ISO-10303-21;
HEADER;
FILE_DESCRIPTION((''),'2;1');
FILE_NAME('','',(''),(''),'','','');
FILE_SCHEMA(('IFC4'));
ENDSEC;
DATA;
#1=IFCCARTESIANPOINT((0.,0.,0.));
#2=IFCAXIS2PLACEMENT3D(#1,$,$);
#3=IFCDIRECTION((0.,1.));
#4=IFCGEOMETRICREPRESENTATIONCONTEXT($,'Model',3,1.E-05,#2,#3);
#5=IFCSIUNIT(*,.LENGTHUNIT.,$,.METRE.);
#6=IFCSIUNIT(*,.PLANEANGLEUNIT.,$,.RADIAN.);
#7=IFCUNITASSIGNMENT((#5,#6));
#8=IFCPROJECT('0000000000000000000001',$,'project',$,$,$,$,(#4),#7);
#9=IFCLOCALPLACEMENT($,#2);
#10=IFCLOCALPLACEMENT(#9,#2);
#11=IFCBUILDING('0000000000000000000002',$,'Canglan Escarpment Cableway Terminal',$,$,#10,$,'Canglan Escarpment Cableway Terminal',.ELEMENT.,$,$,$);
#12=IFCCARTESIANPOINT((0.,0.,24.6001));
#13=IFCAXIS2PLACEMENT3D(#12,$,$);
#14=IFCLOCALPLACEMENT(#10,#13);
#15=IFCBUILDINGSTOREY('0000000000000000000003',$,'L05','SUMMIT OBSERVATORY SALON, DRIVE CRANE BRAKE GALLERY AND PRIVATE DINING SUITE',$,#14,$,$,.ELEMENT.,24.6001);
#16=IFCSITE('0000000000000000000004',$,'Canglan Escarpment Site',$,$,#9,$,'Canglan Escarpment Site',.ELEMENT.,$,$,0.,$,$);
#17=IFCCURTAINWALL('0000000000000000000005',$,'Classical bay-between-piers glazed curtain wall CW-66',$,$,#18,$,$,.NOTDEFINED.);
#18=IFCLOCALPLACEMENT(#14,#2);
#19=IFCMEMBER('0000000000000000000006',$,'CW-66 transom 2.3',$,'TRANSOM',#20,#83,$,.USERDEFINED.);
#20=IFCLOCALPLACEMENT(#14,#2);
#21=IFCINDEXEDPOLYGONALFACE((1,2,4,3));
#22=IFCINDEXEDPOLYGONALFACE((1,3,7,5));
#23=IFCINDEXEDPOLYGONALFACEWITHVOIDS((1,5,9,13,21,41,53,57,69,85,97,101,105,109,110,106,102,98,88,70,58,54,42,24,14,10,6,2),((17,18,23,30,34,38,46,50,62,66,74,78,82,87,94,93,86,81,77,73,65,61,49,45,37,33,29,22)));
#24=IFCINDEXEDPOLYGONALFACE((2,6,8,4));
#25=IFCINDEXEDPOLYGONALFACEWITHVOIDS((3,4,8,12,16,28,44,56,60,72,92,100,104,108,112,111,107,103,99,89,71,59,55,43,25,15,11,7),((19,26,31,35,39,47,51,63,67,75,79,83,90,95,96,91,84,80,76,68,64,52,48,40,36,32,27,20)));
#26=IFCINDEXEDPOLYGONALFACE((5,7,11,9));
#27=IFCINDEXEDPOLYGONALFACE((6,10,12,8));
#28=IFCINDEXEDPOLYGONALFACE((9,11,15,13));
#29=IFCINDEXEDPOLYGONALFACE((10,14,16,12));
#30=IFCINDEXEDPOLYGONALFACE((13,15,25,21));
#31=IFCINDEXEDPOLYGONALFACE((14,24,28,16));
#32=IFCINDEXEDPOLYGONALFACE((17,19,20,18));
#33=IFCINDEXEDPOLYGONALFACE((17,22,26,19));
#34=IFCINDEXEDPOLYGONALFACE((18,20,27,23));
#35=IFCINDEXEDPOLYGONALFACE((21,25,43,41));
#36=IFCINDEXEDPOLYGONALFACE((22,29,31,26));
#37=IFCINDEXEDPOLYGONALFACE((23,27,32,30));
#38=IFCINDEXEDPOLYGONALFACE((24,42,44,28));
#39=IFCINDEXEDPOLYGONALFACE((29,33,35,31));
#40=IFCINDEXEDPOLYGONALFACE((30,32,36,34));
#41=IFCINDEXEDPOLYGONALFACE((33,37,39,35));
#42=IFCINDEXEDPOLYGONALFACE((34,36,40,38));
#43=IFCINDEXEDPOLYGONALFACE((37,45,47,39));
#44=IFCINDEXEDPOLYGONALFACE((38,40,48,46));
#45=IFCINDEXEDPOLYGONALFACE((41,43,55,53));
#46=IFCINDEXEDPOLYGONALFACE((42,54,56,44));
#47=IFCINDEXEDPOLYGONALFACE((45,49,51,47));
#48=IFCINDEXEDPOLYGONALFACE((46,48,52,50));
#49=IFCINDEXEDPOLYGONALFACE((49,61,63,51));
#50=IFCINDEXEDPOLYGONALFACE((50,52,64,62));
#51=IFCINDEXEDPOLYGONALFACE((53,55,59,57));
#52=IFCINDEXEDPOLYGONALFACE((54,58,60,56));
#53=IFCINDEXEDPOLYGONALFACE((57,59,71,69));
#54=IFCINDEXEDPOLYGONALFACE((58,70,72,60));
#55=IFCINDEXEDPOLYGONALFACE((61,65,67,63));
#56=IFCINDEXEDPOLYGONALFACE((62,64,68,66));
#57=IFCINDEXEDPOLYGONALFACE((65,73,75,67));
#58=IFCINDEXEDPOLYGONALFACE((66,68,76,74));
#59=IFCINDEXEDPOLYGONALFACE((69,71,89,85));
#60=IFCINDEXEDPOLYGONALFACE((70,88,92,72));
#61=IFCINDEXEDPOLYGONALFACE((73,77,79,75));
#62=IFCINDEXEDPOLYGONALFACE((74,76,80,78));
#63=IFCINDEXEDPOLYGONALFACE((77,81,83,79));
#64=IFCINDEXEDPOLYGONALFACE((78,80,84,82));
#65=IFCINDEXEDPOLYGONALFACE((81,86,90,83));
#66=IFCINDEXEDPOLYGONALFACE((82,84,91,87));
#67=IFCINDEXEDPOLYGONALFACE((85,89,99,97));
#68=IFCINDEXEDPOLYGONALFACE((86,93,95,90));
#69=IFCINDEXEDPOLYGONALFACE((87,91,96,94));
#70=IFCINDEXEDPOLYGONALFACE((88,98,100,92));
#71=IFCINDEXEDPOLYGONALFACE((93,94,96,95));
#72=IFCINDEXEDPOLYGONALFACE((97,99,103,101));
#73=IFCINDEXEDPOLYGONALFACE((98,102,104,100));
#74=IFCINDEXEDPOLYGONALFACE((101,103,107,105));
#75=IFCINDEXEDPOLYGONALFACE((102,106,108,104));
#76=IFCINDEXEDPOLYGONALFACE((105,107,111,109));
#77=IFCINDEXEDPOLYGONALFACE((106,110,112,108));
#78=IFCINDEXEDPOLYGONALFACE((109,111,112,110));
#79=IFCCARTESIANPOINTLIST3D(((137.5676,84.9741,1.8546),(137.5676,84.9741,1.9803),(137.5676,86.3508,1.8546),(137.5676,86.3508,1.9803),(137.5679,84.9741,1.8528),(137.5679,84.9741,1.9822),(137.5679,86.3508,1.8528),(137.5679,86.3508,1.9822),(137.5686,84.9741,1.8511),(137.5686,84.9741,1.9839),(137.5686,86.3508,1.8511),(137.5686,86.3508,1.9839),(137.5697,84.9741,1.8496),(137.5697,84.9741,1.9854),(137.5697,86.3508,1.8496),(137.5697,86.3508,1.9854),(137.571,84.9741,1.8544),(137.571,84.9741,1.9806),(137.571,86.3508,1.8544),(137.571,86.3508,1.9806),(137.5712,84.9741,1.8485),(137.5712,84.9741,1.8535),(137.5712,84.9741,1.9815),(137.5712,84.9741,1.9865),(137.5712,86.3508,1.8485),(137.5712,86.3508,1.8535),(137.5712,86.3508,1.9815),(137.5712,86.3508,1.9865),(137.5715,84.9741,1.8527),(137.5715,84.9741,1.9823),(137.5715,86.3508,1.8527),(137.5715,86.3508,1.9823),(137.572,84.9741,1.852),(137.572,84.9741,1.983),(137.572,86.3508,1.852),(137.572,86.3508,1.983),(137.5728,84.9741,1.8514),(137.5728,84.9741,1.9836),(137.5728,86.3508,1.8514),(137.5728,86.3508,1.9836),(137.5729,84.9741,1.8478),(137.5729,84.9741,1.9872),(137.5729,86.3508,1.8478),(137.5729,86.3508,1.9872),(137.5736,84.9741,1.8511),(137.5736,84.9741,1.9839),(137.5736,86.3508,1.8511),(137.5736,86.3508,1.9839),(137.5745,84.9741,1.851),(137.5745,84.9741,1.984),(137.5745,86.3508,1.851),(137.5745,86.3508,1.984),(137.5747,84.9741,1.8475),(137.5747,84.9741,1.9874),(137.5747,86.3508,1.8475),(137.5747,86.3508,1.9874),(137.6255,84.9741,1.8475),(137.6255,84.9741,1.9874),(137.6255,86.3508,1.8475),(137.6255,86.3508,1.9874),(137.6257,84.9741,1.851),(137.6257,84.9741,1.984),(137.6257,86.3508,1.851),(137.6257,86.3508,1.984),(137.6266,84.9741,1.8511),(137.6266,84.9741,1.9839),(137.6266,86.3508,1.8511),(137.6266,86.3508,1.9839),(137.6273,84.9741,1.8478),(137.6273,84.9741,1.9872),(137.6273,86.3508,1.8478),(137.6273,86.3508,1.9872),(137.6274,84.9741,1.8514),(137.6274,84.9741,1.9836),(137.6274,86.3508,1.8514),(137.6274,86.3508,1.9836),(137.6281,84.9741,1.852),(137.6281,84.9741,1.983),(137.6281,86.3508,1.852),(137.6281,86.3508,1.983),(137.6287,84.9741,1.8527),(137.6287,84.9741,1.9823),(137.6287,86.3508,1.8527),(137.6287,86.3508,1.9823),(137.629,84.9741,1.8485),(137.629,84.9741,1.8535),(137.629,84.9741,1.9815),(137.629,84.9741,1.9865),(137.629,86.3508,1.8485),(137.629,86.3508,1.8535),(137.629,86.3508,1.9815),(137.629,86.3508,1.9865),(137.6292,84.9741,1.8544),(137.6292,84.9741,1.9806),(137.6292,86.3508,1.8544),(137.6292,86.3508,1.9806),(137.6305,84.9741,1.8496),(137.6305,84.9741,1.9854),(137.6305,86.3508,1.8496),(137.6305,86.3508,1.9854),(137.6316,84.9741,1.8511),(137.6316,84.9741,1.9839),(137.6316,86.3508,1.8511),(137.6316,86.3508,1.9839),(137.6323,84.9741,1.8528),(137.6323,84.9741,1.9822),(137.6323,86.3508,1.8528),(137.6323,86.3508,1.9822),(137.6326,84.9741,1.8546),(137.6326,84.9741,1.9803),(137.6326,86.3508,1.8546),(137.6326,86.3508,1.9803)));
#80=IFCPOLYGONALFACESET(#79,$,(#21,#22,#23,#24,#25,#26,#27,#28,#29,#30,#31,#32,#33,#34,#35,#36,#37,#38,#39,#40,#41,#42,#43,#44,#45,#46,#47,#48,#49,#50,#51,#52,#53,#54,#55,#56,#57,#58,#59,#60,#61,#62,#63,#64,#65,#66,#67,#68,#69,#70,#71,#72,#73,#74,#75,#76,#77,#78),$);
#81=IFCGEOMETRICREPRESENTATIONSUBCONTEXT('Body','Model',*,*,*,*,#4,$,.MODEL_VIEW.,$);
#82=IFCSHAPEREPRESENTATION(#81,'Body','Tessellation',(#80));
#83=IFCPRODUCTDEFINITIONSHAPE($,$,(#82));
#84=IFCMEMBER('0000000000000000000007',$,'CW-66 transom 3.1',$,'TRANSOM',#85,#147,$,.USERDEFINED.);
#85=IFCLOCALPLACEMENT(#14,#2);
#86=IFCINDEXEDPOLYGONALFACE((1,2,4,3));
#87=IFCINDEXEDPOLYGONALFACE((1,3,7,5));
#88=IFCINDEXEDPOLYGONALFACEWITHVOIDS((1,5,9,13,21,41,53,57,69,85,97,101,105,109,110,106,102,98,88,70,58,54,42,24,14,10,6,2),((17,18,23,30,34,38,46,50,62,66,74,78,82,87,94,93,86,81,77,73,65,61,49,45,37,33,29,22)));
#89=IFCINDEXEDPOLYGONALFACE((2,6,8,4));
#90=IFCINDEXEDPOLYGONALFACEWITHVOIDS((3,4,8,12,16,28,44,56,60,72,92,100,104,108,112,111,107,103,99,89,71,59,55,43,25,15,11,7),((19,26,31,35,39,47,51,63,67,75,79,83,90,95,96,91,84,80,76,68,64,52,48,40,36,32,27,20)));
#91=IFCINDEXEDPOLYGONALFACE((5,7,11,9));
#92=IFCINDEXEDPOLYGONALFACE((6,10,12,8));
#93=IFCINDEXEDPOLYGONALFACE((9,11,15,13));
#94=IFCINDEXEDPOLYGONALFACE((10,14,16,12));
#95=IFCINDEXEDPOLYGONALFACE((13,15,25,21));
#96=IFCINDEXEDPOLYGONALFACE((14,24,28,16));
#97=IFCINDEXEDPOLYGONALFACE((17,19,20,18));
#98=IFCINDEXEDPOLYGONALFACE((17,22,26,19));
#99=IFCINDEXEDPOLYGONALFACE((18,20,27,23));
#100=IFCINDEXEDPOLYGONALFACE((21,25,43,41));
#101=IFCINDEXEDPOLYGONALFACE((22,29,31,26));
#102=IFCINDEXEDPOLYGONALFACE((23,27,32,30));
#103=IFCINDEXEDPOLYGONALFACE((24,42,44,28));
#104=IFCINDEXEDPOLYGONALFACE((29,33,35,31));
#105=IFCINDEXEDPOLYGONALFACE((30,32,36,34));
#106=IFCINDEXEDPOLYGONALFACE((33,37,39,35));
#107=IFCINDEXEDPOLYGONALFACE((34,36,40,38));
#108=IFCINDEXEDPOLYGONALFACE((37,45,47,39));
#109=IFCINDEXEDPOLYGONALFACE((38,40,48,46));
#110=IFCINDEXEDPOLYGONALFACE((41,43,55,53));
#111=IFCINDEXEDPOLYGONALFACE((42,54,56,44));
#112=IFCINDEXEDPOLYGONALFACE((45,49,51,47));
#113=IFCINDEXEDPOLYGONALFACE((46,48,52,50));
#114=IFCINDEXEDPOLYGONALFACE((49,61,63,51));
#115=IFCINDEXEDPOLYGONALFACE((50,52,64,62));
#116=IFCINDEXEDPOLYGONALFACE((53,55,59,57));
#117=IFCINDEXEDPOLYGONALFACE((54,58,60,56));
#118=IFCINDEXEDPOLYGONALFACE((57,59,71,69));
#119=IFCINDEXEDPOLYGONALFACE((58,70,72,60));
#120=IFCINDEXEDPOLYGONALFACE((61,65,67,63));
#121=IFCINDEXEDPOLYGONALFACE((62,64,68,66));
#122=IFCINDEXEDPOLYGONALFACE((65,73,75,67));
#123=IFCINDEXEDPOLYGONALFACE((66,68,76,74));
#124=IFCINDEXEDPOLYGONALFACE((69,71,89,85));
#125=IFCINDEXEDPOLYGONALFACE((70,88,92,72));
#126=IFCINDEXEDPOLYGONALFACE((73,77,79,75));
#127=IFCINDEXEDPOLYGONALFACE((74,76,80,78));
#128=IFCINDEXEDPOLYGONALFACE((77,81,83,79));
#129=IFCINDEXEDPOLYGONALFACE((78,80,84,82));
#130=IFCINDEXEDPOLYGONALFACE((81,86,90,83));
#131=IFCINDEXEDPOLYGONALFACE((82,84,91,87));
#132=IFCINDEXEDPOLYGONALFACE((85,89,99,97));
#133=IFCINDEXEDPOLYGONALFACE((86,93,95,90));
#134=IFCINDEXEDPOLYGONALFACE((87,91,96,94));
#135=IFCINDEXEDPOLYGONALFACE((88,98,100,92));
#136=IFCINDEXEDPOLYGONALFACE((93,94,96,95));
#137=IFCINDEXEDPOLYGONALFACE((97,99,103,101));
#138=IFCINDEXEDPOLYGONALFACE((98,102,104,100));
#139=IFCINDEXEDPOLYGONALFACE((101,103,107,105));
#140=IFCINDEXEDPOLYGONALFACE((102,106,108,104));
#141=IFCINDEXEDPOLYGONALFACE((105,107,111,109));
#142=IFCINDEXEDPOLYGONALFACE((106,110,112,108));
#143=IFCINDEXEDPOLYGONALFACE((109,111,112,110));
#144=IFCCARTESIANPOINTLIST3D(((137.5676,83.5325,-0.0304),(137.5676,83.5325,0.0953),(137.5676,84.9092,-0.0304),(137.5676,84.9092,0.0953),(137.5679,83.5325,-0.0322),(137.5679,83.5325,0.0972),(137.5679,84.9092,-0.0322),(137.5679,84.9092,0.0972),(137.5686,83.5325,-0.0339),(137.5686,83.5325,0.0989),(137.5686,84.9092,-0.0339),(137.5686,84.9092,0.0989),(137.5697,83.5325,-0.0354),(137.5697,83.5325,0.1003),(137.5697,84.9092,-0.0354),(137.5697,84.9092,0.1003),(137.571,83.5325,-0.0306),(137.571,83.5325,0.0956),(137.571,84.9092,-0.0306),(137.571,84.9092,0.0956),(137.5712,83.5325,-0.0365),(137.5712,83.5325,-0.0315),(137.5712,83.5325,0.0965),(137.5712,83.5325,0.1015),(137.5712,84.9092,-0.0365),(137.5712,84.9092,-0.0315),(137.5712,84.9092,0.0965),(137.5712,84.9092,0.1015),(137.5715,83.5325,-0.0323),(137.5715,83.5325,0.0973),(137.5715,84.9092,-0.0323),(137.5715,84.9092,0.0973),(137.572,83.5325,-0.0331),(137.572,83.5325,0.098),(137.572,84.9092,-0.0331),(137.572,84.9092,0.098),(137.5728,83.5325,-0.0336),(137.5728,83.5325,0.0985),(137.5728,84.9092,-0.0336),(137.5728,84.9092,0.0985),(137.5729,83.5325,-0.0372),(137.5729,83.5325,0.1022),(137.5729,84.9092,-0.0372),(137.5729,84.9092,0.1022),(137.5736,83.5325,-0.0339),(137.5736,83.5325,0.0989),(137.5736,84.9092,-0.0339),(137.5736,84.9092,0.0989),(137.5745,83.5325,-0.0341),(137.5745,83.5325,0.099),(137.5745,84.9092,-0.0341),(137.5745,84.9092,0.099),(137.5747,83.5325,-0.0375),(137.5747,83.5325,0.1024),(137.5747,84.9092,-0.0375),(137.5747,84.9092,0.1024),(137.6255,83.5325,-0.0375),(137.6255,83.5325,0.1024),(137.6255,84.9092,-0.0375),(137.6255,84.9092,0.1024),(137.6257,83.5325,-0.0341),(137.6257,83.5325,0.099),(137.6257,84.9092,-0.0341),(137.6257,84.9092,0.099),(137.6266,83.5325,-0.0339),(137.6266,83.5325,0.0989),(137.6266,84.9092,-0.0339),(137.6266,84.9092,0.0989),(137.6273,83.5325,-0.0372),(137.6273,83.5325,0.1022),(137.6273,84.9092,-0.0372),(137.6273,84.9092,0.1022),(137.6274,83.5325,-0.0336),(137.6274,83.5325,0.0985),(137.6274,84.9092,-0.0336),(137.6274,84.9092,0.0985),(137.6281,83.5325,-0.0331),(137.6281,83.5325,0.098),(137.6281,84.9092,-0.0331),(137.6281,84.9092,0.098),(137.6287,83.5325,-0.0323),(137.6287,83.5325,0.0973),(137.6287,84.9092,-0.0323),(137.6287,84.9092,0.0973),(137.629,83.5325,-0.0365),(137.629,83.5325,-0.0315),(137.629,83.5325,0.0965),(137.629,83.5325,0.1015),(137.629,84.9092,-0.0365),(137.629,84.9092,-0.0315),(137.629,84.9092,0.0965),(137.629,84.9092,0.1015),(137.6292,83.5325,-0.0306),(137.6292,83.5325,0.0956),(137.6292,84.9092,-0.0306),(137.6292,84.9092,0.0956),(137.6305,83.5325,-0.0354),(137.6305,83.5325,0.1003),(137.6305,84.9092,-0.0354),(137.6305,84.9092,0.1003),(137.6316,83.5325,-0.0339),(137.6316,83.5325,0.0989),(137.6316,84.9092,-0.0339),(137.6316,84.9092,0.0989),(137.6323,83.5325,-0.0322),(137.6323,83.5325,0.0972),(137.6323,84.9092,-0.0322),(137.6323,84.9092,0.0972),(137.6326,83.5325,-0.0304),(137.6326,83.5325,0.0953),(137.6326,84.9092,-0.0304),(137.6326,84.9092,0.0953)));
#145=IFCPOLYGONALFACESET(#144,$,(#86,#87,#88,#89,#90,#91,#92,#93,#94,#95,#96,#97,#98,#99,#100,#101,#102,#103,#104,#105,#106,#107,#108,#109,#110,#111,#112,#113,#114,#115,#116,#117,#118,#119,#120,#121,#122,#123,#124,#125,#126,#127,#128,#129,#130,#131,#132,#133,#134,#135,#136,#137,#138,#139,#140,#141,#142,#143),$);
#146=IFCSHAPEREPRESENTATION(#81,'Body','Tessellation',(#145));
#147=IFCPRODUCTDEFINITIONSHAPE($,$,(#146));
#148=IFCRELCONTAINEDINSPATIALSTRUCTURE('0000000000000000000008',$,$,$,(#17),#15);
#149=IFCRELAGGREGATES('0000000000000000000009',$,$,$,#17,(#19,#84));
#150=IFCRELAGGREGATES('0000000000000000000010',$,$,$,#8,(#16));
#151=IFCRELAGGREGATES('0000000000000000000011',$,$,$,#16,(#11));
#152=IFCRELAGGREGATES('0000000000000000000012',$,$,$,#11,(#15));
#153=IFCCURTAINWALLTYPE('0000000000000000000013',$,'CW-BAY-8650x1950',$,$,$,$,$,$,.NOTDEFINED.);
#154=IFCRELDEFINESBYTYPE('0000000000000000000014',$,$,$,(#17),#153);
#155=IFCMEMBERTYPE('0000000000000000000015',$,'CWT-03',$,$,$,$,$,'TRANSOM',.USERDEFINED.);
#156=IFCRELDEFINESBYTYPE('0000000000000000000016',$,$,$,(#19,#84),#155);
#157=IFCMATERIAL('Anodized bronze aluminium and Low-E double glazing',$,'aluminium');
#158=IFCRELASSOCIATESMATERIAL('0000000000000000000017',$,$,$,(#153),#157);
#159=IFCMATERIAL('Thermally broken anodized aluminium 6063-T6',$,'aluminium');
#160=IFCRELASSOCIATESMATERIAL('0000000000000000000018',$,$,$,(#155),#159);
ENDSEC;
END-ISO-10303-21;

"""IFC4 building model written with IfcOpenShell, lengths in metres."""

from ifc_helpers import new_model, si_unit, direction, frame, origin, origin_2d, place, context, subcontext, project, spatial, hollow_rectangle, extrude, material, material_profile, profile_set, type_object, element, aggregate, save


model = new_model("IFC4")

# Units and contexts
model_context = context("Model", 3, precision=1e-05, world=origin(), true_north=direction((0.0, 1.0)))
body_context = subcontext(model_context, "Body", "Model", "MODEL_VIEW")
ifc_project = project(units=[si_unit("LENGTHUNIT", "METRE"), si_unit("PLANEANGLEUNIT", "RADIAN")], contexts=[model_context])

# Site, building, storey
site_placement = place(None, origin())
site = spatial("IfcSite", under=ifc_project, at=site_placement, Name="Canglan Escarpment Site", LongName="Canglan Escarpment Site", CompositionType="ELEMENT", RefElevation=0.0)
building_placement = place(site_placement, origin())
building = spatial("IfcBuilding", under=site, at=building_placement, Name="Canglan Escarpment Cableway Terminal", LongName="Canglan Escarpment Cableway Terminal", CompositionType="ELEMENT")
storey_placement = place(building_placement, frame((0.0, 0.0, 24.6001)))
storey = spatial("IfcBuildingStorey", under=building, at=storey_placement, Name="L05", Description="SUMMIT OBSERVATORY SALON, DRIVE CRANE BRAKE GALLERY AND PRIVATE DINING SUITE", CompositionType="ELEMENT", Elevation=24.6001)

# Curtain wall, members
ifc_material_1 = material(Name="Anodized bronze aluminium and Low-E double glazing", Category="aluminium")
curtain_wall_type = type_object("IfcCurtainWallType", Name="CW-BAY-8650x1950", PredefinedType="NOTDEFINED", material=ifc_material_1)
curtain_wall_placement = place(storey_placement, origin())
curtain_wall = element("IfcCurtainWall", 1, at=curtain_wall_placement, inside=storey, type_object=curtain_wall_type, Name="Classical bay-between-piers glazed curtain wall CW-66", PredefinedType="NOTDEFINED")
ifc_material_2 = material(Name="Thermally broken anodized aluminium 6063-T6", Category="aluminium")
ifc_material_profile_1 = material_profile(ifc_material_2, hollow_rectangle(XDim=0.0649, YDim=0.1399, WallThickness=0.0034, InnerFilletRadius=0.0034, OuterFilletRadius=0.0071, at=origin_2d()), Name="ALU-TRAN 65x140x3.5")
ifc_profile_set_1 = profile_set([ifc_material_profile_1], Name="Thermally broken anodized aluminium 6063-T6")
member_type_1 = type_object("IfcMemberType", Name="CWT-03", ElementType="TRANSOM", PredefinedType="USERDEFINED", material=ifc_profile_set_1)
member_1_placement = place(storey_placement, frame((137.6001, 86.3508, 1.9175), z_axis=(0.0, -1.0, 0.0), x_axis=(1.0, 0.0, 0.0)))
member_1 = element("IfcMember", 2, at=member_1_placement, type_object=member_type_1, Name="CW-66 transom 2.3", ObjectType="TRANSOM", PredefinedType="USERDEFINED", context=body_context, shape_type="SweptSolid", body=[
    extrude(hollow_rectangle(XDim=0.0649, YDim=0.1399, WallThickness=0.0034, InnerFilletRadius=0.0034, OuterFilletRadius=0.0071, at=origin_2d()), origin(), (0.0, 0.0, 1.0), 1.3767),
])
member_2_placement = place(storey_placement, frame((137.6001, 84.9092, 0.0325), z_axis=(0.0, -1.0, 0.0), x_axis=(1.0, 0.0, 0.0)))
member_2 = element("IfcMember", 3, at=member_2_placement, type_object=member_type_1, Name="CW-66 transom 3.1", ObjectType="TRANSOM", PredefinedType="USERDEFINED", context=body_context, shape_type="SweptSolid", body=[
    extrude(hollow_rectangle(XDim=0.0649, YDim=0.1399, WallThickness=0.0034, InnerFilletRadius=0.0034, OuterFilletRadius=0.0071, at=origin_2d()), origin(), (0.0, 0.0, 1.0), 1.3767),
])
aggregate(curtain_wall, [member_1, member_2])

save(model, "model.ifc")
